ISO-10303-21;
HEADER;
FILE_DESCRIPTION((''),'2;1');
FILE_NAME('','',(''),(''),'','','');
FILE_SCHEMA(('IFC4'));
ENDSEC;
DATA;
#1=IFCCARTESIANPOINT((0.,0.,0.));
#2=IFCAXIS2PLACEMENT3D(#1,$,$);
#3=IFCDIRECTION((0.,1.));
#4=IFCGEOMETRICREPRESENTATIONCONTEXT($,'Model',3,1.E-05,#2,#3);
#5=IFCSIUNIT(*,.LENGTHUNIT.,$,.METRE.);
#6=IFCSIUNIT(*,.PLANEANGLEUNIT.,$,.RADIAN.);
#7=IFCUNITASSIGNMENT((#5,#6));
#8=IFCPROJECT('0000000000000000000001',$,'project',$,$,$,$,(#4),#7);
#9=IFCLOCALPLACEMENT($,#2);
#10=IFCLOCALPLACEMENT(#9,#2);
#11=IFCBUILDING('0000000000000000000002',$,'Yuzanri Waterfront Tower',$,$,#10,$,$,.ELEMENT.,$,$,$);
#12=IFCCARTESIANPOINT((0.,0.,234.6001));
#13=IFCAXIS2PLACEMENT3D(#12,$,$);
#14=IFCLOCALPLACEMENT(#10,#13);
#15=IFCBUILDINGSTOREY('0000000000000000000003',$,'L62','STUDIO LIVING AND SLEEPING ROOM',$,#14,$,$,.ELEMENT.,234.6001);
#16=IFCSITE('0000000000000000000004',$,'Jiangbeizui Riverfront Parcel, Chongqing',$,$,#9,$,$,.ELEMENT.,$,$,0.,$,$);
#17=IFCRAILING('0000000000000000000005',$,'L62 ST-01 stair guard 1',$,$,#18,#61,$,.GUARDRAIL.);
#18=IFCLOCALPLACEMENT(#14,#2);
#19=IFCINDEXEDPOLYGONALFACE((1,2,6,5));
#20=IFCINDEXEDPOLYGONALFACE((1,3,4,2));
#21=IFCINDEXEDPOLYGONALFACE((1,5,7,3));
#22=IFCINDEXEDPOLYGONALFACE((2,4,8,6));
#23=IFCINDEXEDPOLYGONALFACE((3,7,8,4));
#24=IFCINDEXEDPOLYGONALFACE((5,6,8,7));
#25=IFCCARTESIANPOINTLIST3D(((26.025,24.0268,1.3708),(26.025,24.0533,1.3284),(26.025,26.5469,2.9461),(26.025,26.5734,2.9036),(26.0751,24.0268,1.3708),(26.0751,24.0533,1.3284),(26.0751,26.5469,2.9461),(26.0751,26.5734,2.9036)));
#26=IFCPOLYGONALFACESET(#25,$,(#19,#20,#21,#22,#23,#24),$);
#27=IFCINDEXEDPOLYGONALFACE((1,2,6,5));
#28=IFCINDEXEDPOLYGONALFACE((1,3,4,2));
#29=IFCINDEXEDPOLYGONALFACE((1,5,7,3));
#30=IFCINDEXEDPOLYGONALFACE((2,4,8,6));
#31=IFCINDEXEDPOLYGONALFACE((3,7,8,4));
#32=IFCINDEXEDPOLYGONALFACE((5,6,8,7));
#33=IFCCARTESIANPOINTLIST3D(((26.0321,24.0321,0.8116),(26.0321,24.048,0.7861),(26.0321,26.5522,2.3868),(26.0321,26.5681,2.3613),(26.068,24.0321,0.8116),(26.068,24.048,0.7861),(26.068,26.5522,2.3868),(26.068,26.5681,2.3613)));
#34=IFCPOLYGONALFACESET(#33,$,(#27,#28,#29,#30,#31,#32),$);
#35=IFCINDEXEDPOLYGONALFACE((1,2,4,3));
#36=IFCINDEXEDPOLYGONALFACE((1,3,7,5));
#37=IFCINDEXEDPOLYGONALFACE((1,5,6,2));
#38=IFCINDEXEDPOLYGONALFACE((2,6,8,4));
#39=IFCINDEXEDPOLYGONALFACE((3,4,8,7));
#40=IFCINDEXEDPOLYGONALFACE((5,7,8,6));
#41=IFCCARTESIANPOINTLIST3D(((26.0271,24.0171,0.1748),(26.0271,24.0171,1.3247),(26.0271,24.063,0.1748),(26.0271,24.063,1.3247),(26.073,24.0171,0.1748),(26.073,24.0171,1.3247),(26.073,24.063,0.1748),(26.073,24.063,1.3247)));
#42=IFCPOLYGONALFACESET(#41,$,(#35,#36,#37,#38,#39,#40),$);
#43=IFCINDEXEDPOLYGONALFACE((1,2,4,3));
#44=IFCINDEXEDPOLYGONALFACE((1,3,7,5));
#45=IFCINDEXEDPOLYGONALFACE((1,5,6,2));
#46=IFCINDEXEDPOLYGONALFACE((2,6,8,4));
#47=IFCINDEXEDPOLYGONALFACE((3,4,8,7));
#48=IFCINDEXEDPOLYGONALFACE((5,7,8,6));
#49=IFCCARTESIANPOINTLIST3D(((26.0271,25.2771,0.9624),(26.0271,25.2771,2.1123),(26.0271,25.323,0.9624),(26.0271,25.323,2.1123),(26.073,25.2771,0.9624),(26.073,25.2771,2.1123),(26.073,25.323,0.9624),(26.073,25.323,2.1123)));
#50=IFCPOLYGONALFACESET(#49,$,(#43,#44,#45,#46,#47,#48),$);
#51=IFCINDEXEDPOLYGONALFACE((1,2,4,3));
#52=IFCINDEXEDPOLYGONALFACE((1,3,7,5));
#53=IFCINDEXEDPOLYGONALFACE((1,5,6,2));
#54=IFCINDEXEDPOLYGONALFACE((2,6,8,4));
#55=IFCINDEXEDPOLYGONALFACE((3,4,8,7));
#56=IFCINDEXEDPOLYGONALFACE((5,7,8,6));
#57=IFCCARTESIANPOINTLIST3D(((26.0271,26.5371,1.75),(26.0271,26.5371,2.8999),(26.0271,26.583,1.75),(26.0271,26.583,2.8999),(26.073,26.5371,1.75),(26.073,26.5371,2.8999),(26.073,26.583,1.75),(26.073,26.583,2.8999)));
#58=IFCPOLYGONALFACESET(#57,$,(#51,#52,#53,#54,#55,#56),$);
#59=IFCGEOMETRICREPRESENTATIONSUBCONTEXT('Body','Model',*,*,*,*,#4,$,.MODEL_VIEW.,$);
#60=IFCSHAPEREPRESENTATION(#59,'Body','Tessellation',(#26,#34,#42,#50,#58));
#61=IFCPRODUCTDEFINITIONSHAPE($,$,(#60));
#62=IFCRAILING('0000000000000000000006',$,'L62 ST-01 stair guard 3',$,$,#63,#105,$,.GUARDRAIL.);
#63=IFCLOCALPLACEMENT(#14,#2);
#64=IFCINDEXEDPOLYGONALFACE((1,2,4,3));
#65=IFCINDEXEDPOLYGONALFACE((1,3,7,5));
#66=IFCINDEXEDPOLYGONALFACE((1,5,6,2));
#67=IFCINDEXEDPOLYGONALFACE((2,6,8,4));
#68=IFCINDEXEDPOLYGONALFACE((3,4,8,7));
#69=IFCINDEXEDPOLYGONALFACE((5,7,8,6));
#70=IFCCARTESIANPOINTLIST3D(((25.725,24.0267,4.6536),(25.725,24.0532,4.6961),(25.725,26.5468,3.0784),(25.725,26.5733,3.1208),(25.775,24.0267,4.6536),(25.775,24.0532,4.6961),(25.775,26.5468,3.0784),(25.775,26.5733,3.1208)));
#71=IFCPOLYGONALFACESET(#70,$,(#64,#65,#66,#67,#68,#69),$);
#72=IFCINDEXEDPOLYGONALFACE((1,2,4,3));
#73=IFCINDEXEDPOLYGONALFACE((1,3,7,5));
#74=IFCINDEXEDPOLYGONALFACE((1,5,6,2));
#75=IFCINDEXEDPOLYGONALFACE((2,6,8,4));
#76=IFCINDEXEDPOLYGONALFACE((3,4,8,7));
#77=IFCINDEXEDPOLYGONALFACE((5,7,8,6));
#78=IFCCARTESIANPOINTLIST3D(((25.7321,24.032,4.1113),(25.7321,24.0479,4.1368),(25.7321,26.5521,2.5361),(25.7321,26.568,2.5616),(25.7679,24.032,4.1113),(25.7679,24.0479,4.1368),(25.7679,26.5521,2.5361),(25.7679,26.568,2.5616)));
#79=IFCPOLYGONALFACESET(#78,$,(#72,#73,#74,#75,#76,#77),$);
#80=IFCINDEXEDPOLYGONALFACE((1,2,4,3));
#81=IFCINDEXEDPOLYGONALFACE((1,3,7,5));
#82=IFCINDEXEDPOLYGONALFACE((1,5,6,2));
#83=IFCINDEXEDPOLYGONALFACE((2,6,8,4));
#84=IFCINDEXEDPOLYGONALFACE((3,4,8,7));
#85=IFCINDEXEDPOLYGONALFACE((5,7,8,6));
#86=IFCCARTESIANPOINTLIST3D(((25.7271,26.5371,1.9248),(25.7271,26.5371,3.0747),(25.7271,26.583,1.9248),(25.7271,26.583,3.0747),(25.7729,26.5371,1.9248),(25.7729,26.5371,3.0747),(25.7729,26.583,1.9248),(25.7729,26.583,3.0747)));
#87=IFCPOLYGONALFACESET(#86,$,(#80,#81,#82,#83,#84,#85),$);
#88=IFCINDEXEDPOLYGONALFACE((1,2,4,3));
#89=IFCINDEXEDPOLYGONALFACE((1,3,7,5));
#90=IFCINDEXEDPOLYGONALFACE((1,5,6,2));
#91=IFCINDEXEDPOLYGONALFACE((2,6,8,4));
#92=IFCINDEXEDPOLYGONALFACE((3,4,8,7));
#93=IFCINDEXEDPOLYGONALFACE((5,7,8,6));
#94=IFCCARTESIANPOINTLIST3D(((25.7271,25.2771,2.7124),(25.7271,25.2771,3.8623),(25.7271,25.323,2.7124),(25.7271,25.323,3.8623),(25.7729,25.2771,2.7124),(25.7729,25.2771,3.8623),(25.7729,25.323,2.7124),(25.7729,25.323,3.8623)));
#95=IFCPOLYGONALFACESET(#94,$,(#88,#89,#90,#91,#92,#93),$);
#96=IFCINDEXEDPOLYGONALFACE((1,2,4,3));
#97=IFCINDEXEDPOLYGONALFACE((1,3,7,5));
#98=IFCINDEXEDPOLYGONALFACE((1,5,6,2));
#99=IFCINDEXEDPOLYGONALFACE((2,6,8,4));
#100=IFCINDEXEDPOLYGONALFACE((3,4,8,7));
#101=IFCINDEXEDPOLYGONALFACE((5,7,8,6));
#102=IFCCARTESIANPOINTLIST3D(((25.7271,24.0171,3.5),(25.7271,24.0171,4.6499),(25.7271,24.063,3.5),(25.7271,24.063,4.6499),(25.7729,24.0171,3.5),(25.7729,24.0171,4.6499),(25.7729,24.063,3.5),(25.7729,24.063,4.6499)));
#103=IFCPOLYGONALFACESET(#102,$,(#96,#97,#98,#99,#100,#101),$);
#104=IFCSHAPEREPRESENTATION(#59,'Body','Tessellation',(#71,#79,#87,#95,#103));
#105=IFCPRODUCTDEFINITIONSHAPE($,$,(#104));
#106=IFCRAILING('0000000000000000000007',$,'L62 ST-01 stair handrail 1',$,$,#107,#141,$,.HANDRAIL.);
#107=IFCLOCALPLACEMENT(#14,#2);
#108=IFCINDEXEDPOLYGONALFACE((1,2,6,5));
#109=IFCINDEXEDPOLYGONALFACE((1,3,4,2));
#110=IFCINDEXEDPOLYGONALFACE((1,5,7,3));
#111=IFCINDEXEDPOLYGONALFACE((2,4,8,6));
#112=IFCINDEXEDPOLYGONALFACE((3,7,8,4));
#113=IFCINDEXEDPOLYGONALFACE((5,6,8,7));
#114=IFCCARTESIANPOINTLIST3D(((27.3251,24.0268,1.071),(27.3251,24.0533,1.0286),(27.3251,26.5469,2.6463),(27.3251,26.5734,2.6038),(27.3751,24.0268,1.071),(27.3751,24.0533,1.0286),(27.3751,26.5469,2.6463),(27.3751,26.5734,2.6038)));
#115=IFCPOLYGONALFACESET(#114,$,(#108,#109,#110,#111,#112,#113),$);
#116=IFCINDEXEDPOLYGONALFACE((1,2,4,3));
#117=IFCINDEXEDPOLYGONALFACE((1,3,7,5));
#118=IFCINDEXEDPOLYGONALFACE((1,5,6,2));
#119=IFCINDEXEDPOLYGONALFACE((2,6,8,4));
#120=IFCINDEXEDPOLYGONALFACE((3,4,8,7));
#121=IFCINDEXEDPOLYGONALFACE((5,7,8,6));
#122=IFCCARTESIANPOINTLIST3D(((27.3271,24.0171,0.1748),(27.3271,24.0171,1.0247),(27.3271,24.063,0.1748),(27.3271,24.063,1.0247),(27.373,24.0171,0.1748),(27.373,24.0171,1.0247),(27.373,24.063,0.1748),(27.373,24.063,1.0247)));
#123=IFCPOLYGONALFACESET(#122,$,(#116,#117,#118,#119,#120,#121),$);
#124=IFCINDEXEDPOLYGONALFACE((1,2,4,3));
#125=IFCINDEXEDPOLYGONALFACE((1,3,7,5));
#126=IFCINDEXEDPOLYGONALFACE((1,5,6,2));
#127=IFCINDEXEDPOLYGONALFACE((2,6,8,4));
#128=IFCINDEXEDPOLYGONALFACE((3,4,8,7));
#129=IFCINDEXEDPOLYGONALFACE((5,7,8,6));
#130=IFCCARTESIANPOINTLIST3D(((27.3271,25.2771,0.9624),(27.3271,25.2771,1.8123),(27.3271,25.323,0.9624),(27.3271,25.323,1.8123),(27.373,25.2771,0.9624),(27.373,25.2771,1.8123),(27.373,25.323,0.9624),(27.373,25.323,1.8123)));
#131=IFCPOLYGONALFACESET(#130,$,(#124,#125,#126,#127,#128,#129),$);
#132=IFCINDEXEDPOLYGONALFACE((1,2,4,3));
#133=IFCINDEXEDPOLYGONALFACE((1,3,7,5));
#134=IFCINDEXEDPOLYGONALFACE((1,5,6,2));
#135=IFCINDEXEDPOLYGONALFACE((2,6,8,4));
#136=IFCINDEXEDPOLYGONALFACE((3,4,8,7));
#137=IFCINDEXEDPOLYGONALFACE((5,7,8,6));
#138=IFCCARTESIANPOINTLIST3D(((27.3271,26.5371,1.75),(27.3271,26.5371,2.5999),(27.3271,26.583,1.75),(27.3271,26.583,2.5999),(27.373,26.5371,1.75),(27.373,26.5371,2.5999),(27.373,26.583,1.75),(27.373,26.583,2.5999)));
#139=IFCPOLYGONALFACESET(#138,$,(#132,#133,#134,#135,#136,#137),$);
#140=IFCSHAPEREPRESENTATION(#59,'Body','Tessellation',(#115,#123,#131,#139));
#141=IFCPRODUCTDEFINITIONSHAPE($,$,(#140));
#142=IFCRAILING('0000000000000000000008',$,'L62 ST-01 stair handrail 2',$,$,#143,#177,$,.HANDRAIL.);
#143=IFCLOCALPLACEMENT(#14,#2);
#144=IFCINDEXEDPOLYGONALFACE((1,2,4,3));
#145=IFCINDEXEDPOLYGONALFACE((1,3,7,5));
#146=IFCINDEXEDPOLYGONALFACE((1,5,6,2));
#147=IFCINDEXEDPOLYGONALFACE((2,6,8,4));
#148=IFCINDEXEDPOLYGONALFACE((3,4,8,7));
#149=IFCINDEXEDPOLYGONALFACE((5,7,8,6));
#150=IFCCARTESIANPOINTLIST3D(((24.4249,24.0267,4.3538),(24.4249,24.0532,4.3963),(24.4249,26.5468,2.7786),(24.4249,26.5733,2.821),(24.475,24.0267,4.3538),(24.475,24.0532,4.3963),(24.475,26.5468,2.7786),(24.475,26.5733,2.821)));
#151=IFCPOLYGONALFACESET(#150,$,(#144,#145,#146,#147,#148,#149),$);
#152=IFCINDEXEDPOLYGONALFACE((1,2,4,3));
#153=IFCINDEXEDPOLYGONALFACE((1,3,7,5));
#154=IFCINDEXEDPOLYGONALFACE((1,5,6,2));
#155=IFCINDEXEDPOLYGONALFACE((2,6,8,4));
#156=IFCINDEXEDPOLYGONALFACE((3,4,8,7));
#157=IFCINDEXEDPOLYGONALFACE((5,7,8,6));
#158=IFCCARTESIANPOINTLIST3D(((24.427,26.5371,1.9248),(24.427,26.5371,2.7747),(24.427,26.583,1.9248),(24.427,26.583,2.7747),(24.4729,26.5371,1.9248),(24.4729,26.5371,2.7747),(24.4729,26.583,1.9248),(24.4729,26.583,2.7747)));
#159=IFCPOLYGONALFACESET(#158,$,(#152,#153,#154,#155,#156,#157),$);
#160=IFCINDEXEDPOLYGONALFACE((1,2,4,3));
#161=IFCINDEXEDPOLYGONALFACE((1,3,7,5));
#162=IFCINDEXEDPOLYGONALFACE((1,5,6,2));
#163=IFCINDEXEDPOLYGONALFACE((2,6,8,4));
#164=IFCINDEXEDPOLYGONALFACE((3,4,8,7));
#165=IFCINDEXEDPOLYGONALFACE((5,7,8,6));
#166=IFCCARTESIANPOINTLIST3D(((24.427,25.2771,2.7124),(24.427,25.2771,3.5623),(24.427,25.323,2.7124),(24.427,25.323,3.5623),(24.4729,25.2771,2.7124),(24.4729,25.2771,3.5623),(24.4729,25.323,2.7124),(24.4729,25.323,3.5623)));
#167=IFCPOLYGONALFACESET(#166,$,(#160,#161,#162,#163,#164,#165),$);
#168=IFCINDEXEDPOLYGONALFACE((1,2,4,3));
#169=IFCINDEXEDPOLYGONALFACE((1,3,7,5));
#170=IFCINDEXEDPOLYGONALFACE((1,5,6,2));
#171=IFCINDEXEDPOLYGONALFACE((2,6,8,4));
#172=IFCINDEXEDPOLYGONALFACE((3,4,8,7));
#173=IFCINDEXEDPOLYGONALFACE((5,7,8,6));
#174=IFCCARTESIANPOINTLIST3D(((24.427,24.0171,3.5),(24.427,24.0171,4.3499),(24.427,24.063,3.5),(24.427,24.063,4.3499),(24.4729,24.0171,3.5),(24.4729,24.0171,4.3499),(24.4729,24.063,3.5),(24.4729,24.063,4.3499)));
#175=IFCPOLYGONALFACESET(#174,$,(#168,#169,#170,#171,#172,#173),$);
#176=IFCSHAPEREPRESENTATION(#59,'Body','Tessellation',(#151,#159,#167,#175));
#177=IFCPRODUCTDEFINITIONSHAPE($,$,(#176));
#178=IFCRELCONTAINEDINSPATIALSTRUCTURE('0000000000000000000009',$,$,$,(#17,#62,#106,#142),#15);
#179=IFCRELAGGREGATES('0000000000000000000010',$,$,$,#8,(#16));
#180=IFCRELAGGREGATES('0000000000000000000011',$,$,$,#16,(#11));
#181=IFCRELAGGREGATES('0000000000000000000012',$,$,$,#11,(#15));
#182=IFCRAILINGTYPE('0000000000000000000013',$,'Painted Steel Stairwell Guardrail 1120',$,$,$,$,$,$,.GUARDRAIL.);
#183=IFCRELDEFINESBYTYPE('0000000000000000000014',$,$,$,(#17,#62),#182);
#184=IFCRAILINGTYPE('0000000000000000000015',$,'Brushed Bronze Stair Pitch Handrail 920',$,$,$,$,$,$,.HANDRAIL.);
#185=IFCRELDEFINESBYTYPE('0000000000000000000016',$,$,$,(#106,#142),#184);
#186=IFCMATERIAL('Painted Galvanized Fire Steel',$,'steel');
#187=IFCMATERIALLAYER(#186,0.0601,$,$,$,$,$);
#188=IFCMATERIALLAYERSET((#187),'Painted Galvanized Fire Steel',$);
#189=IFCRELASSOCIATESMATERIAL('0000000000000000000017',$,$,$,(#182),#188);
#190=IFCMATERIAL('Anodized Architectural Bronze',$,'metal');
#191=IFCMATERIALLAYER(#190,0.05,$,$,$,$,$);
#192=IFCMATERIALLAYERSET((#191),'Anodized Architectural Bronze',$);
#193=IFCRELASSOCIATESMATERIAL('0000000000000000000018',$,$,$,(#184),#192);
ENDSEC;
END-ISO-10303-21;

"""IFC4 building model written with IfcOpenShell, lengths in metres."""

from ifc_helpers import new_model, si_unit, direction, frame, origin, origin_2d, place, context, subcontext, project, spatial, rectangle, extrude, source, transform, mapped, material, layer, layer_set, type_object, element, save


model = new_model("IFC4")

# Units and contexts
model_context = context("Model", 3, precision=1e-05, world=origin(), true_north=direction((0.0, 1.0)))
body_context = subcontext(model_context, "Body", "Model", "MODEL_VIEW")
ifc_project = project(units=[si_unit("LENGTHUNIT", "METRE"), si_unit("PLANEANGLEUNIT", "RADIAN")], contexts=[model_context])

# Site, building, storey
site_placement = place(None, origin())
site = spatial("IfcSite", under=ifc_project, at=site_placement, Name="Jiangbeizui Riverfront Parcel, Chongqing", CompositionType="ELEMENT", RefElevation=0.0)
building_placement = place(site_placement, origin())
building = spatial("IfcBuilding", under=site, at=building_placement, Name="Yuzanri Waterfront Tower", CompositionType="ELEMENT")
storey_placement = place(building_placement, frame((0.0, 0.0, 234.6001)))
storey = spatial("IfcBuildingStorey", under=building, at=storey_placement, Name="L62", Description="STUDIO LIVING AND SLEEPING ROOM", CompositionType="ELEMENT", Elevation=234.6001)

# Railings
ifc_material_1 = material(Name="Painted Galvanized Fire Steel", Category="steel")
ifc_layer_1 = layer(ifc_material_1, 0.0601)
ifc_layer_set_1 = layer_set([ifc_layer_1], Name="Painted Galvanized Fire Steel")
railing_type_1 = type_object("IfcRailingType", Name="Painted Steel Stairwell Guardrail 1120", PredefinedType="GUARDRAIL", material=ifc_layer_set_1)
shared_shape_1 = source(origin(), body_context, "Body", "SweptSolid", [
    extrude(rectangle(XDim=0.05, YDim=0.05, at=origin_2d()), frame((0.0, 0.0, 1.1748), z_axis=(0.0, 0.847971, 0.530043), x_axis=(-1.0, 0.0, 0.0)), (0.0, 0.0, 1.0), 2.9719),
    extrude(rectangle(XDim=0.0359, YDim=0.03, at=origin_2d()), frame((0.0, 0.0, 0.624), z_axis=(0.0, 0.847971, 0.530043), x_axis=(-1.0, 0.0, 0.0)), (0.0, 0.0, 1.0), 2.9719),
    extrude(rectangle(XDim=0.0459, YDim=0.0459, at=origin_2d()), origin(), (0.0, 0.0, 1.0), 1.1499),
    extrude(rectangle(XDim=0.0459, YDim=0.0459, at=origin_2d()), frame((0.0, 1.26, 0.7876)), (0.0, 0.0, 1.0), 1.1499),
    extrude(rectangle(XDim=0.0459, YDim=0.0459, at=origin_2d()), frame((0.0, 2.52, 1.5752)), (0.0, 0.0, 1.0), 1.1499),
])
railing_1_placement = place(storey_placement, frame((26.05, 24.04, 0.1748)))
element("IfcRailing", 1, at=railing_1_placement, inside=storey, type_object=railing_type_1, Name="L62 ST-01 stair guard 1", PredefinedType="GUARDRAIL", context=body_context, shape_type="MappedRepresentation", body=[
    mapped(shared_shape_1, transform((0.0, 0.0, 0.0), scale=1.0)),
])
shared_shape_2 = source(origin(), body_context, "Body", "SweptSolid", [
    extrude(rectangle(XDim=0.05, YDim=0.05, at=origin_2d()), frame((0.0, 0.0, 1.1748), z_axis=(0.0, -0.847971, 0.530043), x_axis=(1.0, 0.0, 0.0)), (0.0, 0.0, 1.0), 2.9719),
    extrude(rectangle(XDim=0.0359, YDim=0.03, at=origin_2d()), frame((0.0, 0.0, 0.624), z_axis=(0.0, -0.847971, 0.530043), x_axis=(1.0, 0.0, 0.0)), (0.0, 0.0, 1.0), 2.9719),
    extrude(rectangle(XDim=0.0459, YDim=0.0459, at=origin_2d()), origin(), (0.0, 0.0, 1.0), 1.1499),
    extrude(rectangle(XDim=0.0459, YDim=0.0459, at=origin_2d()), frame((0.0, -1.26, 0.7876)), (0.0, 0.0, 1.0), 1.1499),
    extrude(rectangle(XDim=0.0459, YDim=0.0459, at=origin_2d()), frame((0.0, -2.52, 1.5752)), (0.0, 0.0, 1.0), 1.1499),
])
railing_2_placement = place(storey_placement, frame((25.75, 26.5601, 1.9248)))
element("IfcRailing", 2, at=railing_2_placement, inside=storey, type_object=railing_type_1, Name="L62 ST-01 stair guard 3", PredefinedType="GUARDRAIL", context=body_context, shape_type="MappedRepresentation", body=[
    mapped(shared_shape_2, transform((0.0, 0.0, 0.0), scale=1.0)),
])
ifc_material_2 = material(Name="Anodized Architectural Bronze", Category="metal")
ifc_layer_2 = layer(ifc_material_2, 0.05)
ifc_layer_set_2 = layer_set([ifc_layer_2], Name="Anodized Architectural Bronze")
railing_type_2 = type_object("IfcRailingType", Name="Brushed Bronze Stair Pitch Handrail 920", PredefinedType="HANDRAIL", material=ifc_layer_set_2)
shared_shape_3 = source(origin(), body_context, "Body", "SweptSolid", [
    extrude(rectangle(XDim=0.05, YDim=0.05, at=origin_2d()), frame((0.0, 0.0, 0.875), z_axis=(0.0, 0.847971, 0.530043), x_axis=(-1.0, 0.0, 0.0)), (0.0, 0.0, 1.0), 2.9719),
    extrude(rectangle(XDim=0.0459, YDim=0.0459, at=origin_2d()), origin(), (0.0, 0.0, 1.0), 0.8499),
    extrude(rectangle(XDim=0.0459, YDim=0.0459, at=origin_2d()), frame((0.0, 1.26, 0.7876)), (0.0, 0.0, 1.0), 0.8499),
    extrude(rectangle(XDim=0.0459, YDim=0.0459, at=origin_2d()), frame((0.0, 2.52, 1.5752)), (0.0, 0.0, 1.0), 0.8499),
])
railing_3_placement = place(storey_placement, frame((27.3501, 24.04, 0.1748)))
element("IfcRailing", 3, at=railing_3_placement, inside=storey, type_object=railing_type_2, Name="L62 ST-01 stair handrail 1", PredefinedType="HANDRAIL", context=body_context, shape_type="MappedRepresentation", body=[
    mapped(shared_shape_3, transform((0.0, 0.0, 0.0), scale=1.0)),
])
shared_shape_4 = source(origin(), body_context, "Body", "SweptSolid", [
    extrude(rectangle(XDim=0.05, YDim=0.05, at=origin_2d()), frame((0.0, 0.0, 0.875), z_axis=(0.0, -0.847971, 0.530043), x_axis=(1.0, 0.0, 0.0)), (0.0, 0.0, 1.0), 2.9719),
    extrude(rectangle(XDim=0.0459, YDim=0.0459, at=origin_2d()), origin(), (0.0, 0.0, 1.0), 0.8499),
    extrude(rectangle(XDim=0.0459, YDim=0.0459, at=origin_2d()), frame((0.0, -1.26, 0.7876)), (0.0, 0.0, 1.0), 0.8499),
    extrude(rectangle(XDim=0.0459, YDim=0.0459, at=origin_2d()), frame((0.0, -2.52, 1.5752)), (0.0, 0.0, 1.0), 0.8499),
])
railing_4_placement = place(storey_placement, frame((24.45, 26.5601, 1.9248)))
element("IfcRailing", 4, at=railing_4_placement, inside=storey, type_object=railing_type_2, Name="L62 ST-01 stair handrail 2", PredefinedType="HANDRAIL", context=body_context, shape_type="MappedRepresentation", body=[
    mapped(shared_shape_4, transform((0.0, 0.0, 0.0), scale=1.0)),
])

save(model, "model.ifc")
